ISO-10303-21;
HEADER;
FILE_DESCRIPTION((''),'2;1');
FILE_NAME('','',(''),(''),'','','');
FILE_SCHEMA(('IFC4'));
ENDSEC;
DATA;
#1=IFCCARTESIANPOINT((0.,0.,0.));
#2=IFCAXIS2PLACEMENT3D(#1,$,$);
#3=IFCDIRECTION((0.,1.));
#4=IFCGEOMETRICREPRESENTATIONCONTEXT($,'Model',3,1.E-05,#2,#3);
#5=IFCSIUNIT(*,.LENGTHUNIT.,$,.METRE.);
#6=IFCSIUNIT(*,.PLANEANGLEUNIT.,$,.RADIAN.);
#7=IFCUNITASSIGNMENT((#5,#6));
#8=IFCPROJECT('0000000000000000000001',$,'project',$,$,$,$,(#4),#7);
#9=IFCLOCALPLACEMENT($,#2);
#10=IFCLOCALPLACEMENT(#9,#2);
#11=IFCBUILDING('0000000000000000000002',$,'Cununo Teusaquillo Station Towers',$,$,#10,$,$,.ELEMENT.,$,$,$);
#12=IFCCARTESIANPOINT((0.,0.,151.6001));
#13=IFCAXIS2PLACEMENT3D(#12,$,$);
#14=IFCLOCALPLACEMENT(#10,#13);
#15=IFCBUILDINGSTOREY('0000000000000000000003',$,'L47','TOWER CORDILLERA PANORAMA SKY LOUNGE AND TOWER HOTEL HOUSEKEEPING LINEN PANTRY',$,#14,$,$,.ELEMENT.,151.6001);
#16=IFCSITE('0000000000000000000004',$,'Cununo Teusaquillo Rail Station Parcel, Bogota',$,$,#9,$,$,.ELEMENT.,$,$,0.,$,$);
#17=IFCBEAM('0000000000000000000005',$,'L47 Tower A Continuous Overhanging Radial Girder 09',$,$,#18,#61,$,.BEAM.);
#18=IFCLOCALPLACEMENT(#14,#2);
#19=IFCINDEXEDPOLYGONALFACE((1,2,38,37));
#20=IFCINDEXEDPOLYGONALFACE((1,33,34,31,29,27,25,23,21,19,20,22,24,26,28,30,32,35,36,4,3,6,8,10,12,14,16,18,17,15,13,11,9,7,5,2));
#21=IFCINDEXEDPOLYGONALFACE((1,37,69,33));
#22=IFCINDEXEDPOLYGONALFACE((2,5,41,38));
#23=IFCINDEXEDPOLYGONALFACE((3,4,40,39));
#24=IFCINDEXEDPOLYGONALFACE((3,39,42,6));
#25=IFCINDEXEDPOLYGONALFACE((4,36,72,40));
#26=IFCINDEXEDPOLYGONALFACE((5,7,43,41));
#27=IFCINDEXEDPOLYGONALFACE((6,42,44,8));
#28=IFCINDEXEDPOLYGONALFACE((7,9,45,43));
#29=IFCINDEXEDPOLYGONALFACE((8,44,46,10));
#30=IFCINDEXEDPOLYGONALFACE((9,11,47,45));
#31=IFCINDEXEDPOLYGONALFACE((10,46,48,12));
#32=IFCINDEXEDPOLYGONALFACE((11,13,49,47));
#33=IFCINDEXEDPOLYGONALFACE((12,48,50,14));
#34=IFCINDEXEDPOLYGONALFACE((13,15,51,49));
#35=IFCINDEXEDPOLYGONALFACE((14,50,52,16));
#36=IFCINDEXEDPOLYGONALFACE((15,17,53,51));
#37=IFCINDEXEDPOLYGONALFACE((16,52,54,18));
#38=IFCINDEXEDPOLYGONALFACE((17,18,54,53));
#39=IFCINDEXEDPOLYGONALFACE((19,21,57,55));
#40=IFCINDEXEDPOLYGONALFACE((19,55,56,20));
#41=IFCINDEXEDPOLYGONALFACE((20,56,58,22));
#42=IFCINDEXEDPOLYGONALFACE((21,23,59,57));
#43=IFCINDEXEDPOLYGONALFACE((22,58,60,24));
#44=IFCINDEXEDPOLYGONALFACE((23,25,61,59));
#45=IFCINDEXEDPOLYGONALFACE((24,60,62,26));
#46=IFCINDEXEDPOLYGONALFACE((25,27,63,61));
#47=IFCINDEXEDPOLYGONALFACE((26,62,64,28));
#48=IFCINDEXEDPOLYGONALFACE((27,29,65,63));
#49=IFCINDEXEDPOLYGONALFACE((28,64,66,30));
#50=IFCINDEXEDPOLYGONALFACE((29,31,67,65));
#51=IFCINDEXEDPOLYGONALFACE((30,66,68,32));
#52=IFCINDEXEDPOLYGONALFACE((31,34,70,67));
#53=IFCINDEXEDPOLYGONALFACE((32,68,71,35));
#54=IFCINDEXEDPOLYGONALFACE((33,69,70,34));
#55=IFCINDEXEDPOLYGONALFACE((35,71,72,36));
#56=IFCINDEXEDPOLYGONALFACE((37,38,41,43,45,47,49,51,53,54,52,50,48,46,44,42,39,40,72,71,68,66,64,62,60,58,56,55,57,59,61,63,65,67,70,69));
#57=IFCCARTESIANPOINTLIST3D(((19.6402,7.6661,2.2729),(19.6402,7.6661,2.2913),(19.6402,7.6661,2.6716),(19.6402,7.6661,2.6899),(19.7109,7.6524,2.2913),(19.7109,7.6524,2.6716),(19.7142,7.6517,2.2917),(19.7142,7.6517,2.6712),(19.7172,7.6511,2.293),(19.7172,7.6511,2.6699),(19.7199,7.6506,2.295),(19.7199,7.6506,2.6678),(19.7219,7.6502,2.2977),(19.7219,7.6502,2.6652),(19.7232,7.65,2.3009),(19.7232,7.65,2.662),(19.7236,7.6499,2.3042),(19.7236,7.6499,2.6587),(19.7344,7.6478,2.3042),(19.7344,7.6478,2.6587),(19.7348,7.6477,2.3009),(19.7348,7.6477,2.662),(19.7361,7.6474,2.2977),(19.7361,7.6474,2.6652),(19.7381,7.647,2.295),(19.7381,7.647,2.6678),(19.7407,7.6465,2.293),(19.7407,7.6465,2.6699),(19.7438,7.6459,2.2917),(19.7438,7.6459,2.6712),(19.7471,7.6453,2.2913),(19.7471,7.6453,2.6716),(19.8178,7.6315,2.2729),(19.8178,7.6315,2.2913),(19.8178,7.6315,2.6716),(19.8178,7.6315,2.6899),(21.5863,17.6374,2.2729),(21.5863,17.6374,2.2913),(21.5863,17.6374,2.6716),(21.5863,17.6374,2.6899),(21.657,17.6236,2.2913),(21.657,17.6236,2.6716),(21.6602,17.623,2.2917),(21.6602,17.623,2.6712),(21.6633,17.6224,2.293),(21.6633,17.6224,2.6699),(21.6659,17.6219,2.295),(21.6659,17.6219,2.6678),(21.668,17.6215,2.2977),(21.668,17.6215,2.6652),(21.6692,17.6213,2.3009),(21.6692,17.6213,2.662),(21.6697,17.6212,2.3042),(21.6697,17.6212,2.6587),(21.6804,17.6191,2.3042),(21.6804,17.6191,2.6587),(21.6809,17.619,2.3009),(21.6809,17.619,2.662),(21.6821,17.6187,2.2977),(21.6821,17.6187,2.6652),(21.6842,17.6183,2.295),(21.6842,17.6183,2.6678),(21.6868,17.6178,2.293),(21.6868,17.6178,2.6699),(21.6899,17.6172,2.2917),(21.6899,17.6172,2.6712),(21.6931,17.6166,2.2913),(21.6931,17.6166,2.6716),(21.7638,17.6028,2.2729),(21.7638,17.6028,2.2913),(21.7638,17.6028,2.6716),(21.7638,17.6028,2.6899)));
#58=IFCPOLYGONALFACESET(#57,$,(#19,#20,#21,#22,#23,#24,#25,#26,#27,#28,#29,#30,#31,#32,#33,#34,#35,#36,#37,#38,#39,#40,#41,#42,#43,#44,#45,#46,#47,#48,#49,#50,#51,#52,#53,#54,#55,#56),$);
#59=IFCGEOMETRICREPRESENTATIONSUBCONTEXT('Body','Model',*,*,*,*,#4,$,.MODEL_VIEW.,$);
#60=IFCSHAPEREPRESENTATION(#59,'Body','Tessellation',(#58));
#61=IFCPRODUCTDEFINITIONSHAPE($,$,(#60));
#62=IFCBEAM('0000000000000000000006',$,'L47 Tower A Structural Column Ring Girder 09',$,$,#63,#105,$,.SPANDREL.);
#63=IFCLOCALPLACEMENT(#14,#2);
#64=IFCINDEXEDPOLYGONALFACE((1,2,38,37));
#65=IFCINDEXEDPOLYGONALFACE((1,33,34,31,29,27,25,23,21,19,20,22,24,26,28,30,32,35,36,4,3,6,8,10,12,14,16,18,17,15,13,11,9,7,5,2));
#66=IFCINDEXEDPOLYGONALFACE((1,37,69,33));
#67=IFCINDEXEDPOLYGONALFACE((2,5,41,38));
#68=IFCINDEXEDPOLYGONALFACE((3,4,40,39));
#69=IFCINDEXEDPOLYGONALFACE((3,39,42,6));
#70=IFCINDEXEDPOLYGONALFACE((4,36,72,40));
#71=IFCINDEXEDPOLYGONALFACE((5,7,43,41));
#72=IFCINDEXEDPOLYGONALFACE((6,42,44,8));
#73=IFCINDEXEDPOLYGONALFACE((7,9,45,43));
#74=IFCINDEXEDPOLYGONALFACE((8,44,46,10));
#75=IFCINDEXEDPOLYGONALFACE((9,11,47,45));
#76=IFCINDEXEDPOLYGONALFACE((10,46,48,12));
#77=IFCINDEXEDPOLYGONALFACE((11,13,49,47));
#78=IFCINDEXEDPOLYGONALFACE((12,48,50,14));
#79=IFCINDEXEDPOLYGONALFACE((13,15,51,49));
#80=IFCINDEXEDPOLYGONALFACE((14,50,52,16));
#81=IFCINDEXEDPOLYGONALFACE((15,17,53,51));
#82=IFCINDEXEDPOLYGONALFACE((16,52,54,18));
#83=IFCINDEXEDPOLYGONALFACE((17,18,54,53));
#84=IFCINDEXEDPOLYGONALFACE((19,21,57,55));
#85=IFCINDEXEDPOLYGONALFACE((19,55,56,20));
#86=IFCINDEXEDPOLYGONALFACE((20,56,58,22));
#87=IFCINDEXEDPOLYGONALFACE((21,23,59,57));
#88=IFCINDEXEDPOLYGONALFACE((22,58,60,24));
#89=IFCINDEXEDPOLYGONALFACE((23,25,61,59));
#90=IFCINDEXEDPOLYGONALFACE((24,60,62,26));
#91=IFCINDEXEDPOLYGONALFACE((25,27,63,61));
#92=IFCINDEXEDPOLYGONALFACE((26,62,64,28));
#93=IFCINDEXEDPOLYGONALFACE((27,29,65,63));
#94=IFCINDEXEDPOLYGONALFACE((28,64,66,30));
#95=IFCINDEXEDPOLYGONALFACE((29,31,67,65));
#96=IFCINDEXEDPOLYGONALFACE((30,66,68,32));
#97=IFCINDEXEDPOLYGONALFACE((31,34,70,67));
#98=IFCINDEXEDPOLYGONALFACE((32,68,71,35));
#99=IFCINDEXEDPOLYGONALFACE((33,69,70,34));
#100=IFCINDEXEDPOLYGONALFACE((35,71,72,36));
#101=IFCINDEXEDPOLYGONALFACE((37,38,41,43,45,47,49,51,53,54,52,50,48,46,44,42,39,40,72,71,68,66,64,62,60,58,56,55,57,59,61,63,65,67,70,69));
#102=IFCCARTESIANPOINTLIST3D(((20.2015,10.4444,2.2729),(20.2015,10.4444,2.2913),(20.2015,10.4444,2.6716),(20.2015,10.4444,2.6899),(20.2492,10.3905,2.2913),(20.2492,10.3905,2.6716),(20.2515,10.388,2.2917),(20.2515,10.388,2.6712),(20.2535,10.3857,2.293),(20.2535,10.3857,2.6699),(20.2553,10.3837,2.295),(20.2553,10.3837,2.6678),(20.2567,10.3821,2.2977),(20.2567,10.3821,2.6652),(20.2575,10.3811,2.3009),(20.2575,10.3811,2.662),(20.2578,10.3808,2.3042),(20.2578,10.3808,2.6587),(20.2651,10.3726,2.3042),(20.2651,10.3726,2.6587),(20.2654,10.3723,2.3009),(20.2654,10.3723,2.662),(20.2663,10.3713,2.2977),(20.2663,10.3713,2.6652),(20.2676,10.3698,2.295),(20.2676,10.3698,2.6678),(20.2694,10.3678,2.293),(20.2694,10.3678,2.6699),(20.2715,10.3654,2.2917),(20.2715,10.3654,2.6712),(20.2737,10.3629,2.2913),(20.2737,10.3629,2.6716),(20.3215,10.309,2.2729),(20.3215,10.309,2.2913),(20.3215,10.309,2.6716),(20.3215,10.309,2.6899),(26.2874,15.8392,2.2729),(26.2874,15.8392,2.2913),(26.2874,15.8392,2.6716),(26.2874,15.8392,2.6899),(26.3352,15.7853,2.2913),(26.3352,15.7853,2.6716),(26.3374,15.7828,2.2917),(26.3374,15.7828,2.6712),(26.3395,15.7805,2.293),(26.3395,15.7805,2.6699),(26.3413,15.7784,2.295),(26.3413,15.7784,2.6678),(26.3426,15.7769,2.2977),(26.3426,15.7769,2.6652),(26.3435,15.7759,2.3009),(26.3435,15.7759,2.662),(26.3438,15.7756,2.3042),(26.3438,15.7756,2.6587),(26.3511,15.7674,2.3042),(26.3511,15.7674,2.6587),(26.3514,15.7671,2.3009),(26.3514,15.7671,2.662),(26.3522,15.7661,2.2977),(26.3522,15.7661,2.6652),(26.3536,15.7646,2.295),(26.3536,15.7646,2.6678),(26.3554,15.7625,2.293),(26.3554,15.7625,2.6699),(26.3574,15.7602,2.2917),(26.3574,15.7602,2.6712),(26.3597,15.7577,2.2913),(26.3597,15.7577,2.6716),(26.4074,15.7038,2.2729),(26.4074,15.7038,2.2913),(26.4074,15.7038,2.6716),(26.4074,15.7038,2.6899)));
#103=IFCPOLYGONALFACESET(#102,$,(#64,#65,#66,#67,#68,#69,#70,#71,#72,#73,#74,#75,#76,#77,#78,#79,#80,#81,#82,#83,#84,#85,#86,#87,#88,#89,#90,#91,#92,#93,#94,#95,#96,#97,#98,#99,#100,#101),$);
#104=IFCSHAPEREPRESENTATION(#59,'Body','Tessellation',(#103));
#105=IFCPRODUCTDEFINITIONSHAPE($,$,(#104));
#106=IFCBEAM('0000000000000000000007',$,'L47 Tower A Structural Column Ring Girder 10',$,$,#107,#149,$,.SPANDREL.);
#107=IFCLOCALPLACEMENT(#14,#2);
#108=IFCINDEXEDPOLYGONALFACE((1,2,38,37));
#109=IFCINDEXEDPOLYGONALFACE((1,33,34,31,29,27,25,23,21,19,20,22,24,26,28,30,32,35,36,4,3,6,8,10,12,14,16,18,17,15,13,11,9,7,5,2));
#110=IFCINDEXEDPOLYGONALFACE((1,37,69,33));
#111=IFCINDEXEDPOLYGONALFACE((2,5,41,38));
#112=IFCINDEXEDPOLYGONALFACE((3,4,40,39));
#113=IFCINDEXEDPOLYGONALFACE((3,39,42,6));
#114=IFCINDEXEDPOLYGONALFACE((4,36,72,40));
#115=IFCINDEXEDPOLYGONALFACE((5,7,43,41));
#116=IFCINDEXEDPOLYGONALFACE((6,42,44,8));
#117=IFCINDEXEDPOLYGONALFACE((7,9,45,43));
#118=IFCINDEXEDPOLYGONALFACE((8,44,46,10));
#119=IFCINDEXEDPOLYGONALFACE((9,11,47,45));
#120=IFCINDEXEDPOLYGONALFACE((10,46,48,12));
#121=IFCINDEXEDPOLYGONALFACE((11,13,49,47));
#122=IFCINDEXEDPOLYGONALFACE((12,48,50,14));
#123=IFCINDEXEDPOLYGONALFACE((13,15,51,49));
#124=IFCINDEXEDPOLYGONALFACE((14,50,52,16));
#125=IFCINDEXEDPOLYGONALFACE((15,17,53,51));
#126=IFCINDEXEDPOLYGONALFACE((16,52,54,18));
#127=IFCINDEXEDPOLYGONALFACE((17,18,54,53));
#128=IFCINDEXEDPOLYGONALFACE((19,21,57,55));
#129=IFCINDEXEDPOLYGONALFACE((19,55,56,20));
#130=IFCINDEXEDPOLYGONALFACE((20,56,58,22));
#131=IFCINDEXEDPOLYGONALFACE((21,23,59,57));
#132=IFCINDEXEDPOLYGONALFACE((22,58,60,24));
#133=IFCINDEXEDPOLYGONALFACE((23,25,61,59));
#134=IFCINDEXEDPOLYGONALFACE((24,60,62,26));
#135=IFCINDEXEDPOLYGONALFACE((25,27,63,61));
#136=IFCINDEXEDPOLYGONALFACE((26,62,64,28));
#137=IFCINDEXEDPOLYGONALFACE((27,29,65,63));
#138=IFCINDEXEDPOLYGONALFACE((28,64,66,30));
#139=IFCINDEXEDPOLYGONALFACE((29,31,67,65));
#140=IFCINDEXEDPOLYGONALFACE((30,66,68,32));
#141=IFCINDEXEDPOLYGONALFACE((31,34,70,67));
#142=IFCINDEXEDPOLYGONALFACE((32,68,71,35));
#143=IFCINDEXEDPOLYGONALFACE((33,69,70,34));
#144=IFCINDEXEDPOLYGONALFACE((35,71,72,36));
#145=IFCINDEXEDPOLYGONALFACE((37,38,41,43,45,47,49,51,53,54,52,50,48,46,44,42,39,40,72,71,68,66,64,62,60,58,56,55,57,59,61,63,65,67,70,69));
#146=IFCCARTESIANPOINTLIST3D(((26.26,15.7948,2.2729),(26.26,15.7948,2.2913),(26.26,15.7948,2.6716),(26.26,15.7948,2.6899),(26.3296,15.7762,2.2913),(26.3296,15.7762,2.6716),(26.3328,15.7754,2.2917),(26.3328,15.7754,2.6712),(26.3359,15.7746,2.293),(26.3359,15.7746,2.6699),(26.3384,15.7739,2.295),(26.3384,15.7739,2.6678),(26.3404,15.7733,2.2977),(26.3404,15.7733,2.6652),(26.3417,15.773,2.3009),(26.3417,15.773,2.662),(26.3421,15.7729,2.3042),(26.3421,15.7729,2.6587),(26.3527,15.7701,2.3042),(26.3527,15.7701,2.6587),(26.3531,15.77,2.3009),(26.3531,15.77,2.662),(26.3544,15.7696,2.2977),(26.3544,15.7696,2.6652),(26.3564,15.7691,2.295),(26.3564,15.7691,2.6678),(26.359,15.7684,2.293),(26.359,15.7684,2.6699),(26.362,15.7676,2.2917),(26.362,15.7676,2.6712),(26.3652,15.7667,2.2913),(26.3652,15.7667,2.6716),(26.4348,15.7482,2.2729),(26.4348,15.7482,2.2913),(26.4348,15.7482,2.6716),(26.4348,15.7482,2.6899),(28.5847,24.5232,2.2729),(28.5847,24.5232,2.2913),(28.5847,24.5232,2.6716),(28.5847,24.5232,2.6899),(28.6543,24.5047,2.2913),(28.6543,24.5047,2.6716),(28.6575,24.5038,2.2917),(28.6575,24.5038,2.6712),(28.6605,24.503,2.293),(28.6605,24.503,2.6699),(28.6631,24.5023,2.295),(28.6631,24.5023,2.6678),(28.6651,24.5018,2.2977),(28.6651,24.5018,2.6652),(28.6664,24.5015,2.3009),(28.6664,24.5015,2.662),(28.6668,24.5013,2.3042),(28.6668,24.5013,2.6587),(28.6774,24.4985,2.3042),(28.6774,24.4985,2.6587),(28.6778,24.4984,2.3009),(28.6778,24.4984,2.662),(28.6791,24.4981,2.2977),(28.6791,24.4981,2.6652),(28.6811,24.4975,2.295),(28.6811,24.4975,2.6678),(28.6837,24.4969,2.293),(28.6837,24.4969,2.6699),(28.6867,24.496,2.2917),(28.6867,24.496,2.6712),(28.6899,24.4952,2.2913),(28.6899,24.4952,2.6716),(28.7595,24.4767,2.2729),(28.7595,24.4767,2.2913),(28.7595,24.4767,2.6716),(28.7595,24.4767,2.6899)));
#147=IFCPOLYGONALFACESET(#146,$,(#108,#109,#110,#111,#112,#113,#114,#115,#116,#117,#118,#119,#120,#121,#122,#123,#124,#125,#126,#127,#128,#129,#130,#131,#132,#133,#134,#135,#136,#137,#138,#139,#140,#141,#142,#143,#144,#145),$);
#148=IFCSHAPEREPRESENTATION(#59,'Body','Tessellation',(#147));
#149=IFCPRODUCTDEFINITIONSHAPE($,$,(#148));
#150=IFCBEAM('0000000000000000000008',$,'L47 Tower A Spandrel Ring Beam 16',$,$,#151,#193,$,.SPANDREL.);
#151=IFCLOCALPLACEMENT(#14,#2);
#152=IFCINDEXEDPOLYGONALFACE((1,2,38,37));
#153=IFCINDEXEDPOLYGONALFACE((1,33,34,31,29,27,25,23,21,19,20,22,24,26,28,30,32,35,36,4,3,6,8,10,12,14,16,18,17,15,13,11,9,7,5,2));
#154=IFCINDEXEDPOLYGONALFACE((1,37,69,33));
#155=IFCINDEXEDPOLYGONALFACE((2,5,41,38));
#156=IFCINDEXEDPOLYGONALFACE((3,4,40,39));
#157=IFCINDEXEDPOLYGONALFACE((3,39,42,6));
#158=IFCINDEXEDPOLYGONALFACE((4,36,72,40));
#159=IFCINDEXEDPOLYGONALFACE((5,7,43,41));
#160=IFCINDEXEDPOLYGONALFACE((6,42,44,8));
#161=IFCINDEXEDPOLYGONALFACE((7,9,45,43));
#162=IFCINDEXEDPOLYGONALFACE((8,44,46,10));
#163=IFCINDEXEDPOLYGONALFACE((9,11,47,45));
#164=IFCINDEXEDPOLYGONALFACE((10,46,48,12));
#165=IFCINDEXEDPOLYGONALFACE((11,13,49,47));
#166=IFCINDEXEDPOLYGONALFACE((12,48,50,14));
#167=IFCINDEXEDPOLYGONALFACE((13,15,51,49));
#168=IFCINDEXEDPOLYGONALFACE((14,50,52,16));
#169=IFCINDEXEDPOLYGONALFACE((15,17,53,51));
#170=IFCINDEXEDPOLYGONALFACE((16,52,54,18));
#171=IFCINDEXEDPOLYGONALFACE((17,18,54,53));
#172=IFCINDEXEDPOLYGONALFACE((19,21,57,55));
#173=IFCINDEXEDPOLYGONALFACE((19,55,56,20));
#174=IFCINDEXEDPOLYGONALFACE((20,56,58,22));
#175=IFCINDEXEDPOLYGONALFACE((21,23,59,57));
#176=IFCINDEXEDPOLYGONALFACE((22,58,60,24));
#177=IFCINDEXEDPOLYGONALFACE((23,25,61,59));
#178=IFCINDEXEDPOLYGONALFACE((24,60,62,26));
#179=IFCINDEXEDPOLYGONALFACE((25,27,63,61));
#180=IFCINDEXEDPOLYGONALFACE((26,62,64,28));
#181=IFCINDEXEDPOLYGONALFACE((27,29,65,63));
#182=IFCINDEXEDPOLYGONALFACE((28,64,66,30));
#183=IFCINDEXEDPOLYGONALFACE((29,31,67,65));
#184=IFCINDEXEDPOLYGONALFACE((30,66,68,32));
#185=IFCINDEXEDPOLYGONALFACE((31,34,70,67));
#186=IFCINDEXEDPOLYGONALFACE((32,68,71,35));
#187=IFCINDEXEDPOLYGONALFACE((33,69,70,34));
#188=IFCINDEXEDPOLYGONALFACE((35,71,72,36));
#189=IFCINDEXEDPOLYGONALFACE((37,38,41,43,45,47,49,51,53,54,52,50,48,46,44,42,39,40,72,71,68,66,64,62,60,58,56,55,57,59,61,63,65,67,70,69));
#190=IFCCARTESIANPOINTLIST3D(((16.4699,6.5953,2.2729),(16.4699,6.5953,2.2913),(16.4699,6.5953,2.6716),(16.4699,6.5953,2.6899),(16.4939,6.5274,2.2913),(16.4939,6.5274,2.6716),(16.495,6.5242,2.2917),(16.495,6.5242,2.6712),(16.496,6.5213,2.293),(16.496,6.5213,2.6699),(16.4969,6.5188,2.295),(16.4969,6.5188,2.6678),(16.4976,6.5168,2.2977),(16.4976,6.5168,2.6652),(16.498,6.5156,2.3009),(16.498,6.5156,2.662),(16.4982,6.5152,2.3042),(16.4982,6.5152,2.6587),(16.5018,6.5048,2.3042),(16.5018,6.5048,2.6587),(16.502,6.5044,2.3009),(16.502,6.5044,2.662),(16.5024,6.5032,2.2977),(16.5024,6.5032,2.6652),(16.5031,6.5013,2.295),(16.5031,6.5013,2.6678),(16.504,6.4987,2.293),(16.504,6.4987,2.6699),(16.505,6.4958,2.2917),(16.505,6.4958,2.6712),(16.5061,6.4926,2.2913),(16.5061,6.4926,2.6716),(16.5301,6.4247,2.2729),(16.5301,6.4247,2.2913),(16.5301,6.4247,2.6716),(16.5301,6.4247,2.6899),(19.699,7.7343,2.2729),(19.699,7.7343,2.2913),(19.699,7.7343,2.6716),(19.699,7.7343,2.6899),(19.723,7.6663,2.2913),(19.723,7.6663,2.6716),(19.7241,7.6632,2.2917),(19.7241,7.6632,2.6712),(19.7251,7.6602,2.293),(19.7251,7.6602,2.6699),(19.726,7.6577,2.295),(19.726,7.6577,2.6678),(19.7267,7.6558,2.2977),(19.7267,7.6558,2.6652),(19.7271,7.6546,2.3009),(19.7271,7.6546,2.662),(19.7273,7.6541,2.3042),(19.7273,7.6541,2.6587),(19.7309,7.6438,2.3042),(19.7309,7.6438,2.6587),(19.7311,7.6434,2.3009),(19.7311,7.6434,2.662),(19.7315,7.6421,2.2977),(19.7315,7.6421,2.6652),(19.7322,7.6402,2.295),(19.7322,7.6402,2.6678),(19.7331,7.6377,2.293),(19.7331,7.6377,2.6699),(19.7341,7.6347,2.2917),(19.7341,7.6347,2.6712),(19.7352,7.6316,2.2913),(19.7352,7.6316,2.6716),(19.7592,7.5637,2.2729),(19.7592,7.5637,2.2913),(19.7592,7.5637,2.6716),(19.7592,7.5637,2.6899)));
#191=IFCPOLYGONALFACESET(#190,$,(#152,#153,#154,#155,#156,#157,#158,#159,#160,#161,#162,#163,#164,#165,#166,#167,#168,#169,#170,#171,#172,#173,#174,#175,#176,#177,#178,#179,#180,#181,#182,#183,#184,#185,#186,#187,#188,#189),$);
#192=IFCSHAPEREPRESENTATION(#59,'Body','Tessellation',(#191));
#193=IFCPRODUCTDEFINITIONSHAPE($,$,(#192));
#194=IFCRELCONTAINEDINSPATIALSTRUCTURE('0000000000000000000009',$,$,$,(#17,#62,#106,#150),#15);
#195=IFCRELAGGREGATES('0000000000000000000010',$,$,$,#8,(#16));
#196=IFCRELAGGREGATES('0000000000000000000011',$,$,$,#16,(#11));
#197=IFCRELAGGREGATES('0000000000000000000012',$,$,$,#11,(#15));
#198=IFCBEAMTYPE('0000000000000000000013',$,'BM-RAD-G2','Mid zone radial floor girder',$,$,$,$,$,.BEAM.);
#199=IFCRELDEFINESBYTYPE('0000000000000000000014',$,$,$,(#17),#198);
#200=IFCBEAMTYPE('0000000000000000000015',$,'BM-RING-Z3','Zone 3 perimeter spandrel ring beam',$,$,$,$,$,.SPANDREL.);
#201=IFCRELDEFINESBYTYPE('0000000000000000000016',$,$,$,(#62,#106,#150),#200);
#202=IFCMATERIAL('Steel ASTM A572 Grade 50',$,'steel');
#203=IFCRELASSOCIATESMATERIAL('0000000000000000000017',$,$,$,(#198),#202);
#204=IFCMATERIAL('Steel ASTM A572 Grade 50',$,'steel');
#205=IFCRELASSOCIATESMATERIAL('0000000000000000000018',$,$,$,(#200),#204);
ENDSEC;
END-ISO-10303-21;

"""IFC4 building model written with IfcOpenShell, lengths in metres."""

from ifc_helpers import new_model, si_unit, direction, frame, origin, origin_2d, place, context, subcontext, project, spatial, i_section, extrude, material, material_profile, profile_set, type_object, element, save


model = new_model("IFC4")

# Units and contexts
model_context = context("Model", 3, precision=1e-05, world=origin(), true_north=direction((0.0, 1.0)))
body_context = subcontext(model_context, "Body", "Model", "MODEL_VIEW")
ifc_project = project(units=[si_unit("LENGTHUNIT", "METRE"), si_unit("PLANEANGLEUNIT", "RADIAN")], contexts=[model_context])

# Site, building, storey
site_placement = place(None, origin())
site = spatial("IfcSite", under=ifc_project, at=site_placement, Name="Cununo Teusaquillo Rail Station Parcel, Bogota", CompositionType="ELEMENT", RefElevation=0.0)
building_placement = place(site_placement, origin())
building = spatial("IfcBuilding", under=site, at=building_placement, Name="Cununo Teusaquillo Station Towers", CompositionType="ELEMENT")
storey_placement = place(building_placement, frame((0.0, 0.0, 151.6001)))
storey = spatial("IfcBuildingStorey", under=building, at=storey_placement, Name="L47", Description="TOWER CORDILLERA PANORAMA SKY LOUNGE AND TOWER HOTEL HOUSEKEEPING LINEN PANTRY", CompositionType="ELEMENT", Elevation=151.6001)

# Beams
ifc_material_1 = material(Name="Steel ASTM A572 Grade 50", Category="steel")
ifc_material_profile_1 = material_profile(ifc_material_1, i_section(OverallWidth=0.1809, OverallDepth=0.417, WebThickness=0.011, FlangeThickness=0.0183, FilletRadius=0.0129, at=origin_2d()), Name="W16X57")
ifc_profile_set_1 = profile_set([ifc_material_profile_1], Name="Steel ASTM A572 Grade 50")
beam_type_1 = type_object("IfcBeamType", Name="BM-RAD-G2", Description="Mid zone radial floor girder", PredefinedType="BEAM", material=ifc_profile_set_1)
beam_1_placement = place(storey_placement, frame((21.675, 17.6201, 2.4814), z_axis=(-0.191553, -0.981482, 0.0), x_axis=(0.981482, -0.191553, 0.0)))
element("IfcBeam", 1, at=beam_1_placement, inside=storey, type_object=beam_type_1, Name="L47 Tower A Continuous Overhanging Radial Girder 09", PredefinedType="BEAM", context=body_context, shape_type="SweptSolid", body=[
    extrude(i_section(OverallWidth=0.1809, OverallDepth=0.417, WebThickness=0.011, FlangeThickness=0.0183, FilletRadius=0.0129, at=origin_2d()), origin(), (0.0, 0.0, 1.0), 10.1594),
])
ifc_material_2 = material(Name="Steel ASTM A572 Grade 50", Category="steel")
ifc_material_profile_2 = material_profile(ifc_material_2, i_section(OverallWidth=0.1809, OverallDepth=0.417, WebThickness=0.011, FlangeThickness=0.0183, FilletRadius=0.0129, at=origin_2d()), Name="W16X57")
ifc_profile_set_2 = profile_set([ifc_material_profile_2], Name="Steel ASTM A572 Grade 50")
beam_type_2 = type_object("IfcBeamType", Name="BM-RING-Z3", Description="Zone 3 perimeter spandrel ring beam", PredefinedType="SPANDREL", material=ifc_profile_set_2)
beam_2_placement = place(storey_placement, frame((20.2615, 10.3767, 2.4814), z_axis=(0.748321, 0.663337, 0.0), x_axis=(-0.663337, 0.748321, 0.0)))
element("IfcBeam", 2, at=beam_2_placement, inside=storey, type_object=beam_type_2, Name="L47 Tower A Structural Column Ring Girder 09", PredefinedType="SPANDREL", context=body_context, shape_type="SweptSolid", body=[
    extrude(i_section(OverallWidth=0.1809, OverallDepth=0.417, WebThickness=0.011, FlangeThickness=0.0183, FilletRadius=0.0129, at=origin_2d()), origin(), (0.0, 0.0, 1.0), 8.1328),
])
beam_3_placement = place(storey_placement, frame((26.3474, 15.7715, 2.4814), z_axis=(0.257363, 0.966315, 0.0), x_axis=(-0.966315, 0.257363, 0.0)))
element("IfcBeam", 3, at=beam_3_placement, inside=storey, type_object=beam_type_2, Name="L47 Tower A Structural Column Ring Girder 10", PredefinedType="SPANDREL", context=body_context, shape_type="SweptSolid", body=[
    extrude(i_section(OverallWidth=0.1809, OverallDepth=0.417, WebThickness=0.011, FlangeThickness=0.0183, FilletRadius=0.0129, at=origin_2d()), origin(), (0.0, 0.0, 1.0), 9.0327),
])
beam_4_placement = place(storey_placement, frame((16.5, 6.51, 2.4814), z_axis=(0.943057, 0.33263, 0.0), x_axis=(-0.33263, 0.943057, 0.0)))
element("IfcBeam", 4, at=beam_4_placement, inside=storey, type_object=beam_type_2, Name="L47 Tower A Spandrel Ring Beam 16", PredefinedType="SPANDREL", context=body_context, shape_type="SweptSolid", body=[
    extrude(i_section(OverallWidth=0.1809, OverallDepth=0.417, WebThickness=0.011, FlangeThickness=0.0183, FilletRadius=0.0129, at=origin_2d()), origin(), (0.0, 0.0, 1.0), 3.4241),
])

save(model, "model.ifc")
